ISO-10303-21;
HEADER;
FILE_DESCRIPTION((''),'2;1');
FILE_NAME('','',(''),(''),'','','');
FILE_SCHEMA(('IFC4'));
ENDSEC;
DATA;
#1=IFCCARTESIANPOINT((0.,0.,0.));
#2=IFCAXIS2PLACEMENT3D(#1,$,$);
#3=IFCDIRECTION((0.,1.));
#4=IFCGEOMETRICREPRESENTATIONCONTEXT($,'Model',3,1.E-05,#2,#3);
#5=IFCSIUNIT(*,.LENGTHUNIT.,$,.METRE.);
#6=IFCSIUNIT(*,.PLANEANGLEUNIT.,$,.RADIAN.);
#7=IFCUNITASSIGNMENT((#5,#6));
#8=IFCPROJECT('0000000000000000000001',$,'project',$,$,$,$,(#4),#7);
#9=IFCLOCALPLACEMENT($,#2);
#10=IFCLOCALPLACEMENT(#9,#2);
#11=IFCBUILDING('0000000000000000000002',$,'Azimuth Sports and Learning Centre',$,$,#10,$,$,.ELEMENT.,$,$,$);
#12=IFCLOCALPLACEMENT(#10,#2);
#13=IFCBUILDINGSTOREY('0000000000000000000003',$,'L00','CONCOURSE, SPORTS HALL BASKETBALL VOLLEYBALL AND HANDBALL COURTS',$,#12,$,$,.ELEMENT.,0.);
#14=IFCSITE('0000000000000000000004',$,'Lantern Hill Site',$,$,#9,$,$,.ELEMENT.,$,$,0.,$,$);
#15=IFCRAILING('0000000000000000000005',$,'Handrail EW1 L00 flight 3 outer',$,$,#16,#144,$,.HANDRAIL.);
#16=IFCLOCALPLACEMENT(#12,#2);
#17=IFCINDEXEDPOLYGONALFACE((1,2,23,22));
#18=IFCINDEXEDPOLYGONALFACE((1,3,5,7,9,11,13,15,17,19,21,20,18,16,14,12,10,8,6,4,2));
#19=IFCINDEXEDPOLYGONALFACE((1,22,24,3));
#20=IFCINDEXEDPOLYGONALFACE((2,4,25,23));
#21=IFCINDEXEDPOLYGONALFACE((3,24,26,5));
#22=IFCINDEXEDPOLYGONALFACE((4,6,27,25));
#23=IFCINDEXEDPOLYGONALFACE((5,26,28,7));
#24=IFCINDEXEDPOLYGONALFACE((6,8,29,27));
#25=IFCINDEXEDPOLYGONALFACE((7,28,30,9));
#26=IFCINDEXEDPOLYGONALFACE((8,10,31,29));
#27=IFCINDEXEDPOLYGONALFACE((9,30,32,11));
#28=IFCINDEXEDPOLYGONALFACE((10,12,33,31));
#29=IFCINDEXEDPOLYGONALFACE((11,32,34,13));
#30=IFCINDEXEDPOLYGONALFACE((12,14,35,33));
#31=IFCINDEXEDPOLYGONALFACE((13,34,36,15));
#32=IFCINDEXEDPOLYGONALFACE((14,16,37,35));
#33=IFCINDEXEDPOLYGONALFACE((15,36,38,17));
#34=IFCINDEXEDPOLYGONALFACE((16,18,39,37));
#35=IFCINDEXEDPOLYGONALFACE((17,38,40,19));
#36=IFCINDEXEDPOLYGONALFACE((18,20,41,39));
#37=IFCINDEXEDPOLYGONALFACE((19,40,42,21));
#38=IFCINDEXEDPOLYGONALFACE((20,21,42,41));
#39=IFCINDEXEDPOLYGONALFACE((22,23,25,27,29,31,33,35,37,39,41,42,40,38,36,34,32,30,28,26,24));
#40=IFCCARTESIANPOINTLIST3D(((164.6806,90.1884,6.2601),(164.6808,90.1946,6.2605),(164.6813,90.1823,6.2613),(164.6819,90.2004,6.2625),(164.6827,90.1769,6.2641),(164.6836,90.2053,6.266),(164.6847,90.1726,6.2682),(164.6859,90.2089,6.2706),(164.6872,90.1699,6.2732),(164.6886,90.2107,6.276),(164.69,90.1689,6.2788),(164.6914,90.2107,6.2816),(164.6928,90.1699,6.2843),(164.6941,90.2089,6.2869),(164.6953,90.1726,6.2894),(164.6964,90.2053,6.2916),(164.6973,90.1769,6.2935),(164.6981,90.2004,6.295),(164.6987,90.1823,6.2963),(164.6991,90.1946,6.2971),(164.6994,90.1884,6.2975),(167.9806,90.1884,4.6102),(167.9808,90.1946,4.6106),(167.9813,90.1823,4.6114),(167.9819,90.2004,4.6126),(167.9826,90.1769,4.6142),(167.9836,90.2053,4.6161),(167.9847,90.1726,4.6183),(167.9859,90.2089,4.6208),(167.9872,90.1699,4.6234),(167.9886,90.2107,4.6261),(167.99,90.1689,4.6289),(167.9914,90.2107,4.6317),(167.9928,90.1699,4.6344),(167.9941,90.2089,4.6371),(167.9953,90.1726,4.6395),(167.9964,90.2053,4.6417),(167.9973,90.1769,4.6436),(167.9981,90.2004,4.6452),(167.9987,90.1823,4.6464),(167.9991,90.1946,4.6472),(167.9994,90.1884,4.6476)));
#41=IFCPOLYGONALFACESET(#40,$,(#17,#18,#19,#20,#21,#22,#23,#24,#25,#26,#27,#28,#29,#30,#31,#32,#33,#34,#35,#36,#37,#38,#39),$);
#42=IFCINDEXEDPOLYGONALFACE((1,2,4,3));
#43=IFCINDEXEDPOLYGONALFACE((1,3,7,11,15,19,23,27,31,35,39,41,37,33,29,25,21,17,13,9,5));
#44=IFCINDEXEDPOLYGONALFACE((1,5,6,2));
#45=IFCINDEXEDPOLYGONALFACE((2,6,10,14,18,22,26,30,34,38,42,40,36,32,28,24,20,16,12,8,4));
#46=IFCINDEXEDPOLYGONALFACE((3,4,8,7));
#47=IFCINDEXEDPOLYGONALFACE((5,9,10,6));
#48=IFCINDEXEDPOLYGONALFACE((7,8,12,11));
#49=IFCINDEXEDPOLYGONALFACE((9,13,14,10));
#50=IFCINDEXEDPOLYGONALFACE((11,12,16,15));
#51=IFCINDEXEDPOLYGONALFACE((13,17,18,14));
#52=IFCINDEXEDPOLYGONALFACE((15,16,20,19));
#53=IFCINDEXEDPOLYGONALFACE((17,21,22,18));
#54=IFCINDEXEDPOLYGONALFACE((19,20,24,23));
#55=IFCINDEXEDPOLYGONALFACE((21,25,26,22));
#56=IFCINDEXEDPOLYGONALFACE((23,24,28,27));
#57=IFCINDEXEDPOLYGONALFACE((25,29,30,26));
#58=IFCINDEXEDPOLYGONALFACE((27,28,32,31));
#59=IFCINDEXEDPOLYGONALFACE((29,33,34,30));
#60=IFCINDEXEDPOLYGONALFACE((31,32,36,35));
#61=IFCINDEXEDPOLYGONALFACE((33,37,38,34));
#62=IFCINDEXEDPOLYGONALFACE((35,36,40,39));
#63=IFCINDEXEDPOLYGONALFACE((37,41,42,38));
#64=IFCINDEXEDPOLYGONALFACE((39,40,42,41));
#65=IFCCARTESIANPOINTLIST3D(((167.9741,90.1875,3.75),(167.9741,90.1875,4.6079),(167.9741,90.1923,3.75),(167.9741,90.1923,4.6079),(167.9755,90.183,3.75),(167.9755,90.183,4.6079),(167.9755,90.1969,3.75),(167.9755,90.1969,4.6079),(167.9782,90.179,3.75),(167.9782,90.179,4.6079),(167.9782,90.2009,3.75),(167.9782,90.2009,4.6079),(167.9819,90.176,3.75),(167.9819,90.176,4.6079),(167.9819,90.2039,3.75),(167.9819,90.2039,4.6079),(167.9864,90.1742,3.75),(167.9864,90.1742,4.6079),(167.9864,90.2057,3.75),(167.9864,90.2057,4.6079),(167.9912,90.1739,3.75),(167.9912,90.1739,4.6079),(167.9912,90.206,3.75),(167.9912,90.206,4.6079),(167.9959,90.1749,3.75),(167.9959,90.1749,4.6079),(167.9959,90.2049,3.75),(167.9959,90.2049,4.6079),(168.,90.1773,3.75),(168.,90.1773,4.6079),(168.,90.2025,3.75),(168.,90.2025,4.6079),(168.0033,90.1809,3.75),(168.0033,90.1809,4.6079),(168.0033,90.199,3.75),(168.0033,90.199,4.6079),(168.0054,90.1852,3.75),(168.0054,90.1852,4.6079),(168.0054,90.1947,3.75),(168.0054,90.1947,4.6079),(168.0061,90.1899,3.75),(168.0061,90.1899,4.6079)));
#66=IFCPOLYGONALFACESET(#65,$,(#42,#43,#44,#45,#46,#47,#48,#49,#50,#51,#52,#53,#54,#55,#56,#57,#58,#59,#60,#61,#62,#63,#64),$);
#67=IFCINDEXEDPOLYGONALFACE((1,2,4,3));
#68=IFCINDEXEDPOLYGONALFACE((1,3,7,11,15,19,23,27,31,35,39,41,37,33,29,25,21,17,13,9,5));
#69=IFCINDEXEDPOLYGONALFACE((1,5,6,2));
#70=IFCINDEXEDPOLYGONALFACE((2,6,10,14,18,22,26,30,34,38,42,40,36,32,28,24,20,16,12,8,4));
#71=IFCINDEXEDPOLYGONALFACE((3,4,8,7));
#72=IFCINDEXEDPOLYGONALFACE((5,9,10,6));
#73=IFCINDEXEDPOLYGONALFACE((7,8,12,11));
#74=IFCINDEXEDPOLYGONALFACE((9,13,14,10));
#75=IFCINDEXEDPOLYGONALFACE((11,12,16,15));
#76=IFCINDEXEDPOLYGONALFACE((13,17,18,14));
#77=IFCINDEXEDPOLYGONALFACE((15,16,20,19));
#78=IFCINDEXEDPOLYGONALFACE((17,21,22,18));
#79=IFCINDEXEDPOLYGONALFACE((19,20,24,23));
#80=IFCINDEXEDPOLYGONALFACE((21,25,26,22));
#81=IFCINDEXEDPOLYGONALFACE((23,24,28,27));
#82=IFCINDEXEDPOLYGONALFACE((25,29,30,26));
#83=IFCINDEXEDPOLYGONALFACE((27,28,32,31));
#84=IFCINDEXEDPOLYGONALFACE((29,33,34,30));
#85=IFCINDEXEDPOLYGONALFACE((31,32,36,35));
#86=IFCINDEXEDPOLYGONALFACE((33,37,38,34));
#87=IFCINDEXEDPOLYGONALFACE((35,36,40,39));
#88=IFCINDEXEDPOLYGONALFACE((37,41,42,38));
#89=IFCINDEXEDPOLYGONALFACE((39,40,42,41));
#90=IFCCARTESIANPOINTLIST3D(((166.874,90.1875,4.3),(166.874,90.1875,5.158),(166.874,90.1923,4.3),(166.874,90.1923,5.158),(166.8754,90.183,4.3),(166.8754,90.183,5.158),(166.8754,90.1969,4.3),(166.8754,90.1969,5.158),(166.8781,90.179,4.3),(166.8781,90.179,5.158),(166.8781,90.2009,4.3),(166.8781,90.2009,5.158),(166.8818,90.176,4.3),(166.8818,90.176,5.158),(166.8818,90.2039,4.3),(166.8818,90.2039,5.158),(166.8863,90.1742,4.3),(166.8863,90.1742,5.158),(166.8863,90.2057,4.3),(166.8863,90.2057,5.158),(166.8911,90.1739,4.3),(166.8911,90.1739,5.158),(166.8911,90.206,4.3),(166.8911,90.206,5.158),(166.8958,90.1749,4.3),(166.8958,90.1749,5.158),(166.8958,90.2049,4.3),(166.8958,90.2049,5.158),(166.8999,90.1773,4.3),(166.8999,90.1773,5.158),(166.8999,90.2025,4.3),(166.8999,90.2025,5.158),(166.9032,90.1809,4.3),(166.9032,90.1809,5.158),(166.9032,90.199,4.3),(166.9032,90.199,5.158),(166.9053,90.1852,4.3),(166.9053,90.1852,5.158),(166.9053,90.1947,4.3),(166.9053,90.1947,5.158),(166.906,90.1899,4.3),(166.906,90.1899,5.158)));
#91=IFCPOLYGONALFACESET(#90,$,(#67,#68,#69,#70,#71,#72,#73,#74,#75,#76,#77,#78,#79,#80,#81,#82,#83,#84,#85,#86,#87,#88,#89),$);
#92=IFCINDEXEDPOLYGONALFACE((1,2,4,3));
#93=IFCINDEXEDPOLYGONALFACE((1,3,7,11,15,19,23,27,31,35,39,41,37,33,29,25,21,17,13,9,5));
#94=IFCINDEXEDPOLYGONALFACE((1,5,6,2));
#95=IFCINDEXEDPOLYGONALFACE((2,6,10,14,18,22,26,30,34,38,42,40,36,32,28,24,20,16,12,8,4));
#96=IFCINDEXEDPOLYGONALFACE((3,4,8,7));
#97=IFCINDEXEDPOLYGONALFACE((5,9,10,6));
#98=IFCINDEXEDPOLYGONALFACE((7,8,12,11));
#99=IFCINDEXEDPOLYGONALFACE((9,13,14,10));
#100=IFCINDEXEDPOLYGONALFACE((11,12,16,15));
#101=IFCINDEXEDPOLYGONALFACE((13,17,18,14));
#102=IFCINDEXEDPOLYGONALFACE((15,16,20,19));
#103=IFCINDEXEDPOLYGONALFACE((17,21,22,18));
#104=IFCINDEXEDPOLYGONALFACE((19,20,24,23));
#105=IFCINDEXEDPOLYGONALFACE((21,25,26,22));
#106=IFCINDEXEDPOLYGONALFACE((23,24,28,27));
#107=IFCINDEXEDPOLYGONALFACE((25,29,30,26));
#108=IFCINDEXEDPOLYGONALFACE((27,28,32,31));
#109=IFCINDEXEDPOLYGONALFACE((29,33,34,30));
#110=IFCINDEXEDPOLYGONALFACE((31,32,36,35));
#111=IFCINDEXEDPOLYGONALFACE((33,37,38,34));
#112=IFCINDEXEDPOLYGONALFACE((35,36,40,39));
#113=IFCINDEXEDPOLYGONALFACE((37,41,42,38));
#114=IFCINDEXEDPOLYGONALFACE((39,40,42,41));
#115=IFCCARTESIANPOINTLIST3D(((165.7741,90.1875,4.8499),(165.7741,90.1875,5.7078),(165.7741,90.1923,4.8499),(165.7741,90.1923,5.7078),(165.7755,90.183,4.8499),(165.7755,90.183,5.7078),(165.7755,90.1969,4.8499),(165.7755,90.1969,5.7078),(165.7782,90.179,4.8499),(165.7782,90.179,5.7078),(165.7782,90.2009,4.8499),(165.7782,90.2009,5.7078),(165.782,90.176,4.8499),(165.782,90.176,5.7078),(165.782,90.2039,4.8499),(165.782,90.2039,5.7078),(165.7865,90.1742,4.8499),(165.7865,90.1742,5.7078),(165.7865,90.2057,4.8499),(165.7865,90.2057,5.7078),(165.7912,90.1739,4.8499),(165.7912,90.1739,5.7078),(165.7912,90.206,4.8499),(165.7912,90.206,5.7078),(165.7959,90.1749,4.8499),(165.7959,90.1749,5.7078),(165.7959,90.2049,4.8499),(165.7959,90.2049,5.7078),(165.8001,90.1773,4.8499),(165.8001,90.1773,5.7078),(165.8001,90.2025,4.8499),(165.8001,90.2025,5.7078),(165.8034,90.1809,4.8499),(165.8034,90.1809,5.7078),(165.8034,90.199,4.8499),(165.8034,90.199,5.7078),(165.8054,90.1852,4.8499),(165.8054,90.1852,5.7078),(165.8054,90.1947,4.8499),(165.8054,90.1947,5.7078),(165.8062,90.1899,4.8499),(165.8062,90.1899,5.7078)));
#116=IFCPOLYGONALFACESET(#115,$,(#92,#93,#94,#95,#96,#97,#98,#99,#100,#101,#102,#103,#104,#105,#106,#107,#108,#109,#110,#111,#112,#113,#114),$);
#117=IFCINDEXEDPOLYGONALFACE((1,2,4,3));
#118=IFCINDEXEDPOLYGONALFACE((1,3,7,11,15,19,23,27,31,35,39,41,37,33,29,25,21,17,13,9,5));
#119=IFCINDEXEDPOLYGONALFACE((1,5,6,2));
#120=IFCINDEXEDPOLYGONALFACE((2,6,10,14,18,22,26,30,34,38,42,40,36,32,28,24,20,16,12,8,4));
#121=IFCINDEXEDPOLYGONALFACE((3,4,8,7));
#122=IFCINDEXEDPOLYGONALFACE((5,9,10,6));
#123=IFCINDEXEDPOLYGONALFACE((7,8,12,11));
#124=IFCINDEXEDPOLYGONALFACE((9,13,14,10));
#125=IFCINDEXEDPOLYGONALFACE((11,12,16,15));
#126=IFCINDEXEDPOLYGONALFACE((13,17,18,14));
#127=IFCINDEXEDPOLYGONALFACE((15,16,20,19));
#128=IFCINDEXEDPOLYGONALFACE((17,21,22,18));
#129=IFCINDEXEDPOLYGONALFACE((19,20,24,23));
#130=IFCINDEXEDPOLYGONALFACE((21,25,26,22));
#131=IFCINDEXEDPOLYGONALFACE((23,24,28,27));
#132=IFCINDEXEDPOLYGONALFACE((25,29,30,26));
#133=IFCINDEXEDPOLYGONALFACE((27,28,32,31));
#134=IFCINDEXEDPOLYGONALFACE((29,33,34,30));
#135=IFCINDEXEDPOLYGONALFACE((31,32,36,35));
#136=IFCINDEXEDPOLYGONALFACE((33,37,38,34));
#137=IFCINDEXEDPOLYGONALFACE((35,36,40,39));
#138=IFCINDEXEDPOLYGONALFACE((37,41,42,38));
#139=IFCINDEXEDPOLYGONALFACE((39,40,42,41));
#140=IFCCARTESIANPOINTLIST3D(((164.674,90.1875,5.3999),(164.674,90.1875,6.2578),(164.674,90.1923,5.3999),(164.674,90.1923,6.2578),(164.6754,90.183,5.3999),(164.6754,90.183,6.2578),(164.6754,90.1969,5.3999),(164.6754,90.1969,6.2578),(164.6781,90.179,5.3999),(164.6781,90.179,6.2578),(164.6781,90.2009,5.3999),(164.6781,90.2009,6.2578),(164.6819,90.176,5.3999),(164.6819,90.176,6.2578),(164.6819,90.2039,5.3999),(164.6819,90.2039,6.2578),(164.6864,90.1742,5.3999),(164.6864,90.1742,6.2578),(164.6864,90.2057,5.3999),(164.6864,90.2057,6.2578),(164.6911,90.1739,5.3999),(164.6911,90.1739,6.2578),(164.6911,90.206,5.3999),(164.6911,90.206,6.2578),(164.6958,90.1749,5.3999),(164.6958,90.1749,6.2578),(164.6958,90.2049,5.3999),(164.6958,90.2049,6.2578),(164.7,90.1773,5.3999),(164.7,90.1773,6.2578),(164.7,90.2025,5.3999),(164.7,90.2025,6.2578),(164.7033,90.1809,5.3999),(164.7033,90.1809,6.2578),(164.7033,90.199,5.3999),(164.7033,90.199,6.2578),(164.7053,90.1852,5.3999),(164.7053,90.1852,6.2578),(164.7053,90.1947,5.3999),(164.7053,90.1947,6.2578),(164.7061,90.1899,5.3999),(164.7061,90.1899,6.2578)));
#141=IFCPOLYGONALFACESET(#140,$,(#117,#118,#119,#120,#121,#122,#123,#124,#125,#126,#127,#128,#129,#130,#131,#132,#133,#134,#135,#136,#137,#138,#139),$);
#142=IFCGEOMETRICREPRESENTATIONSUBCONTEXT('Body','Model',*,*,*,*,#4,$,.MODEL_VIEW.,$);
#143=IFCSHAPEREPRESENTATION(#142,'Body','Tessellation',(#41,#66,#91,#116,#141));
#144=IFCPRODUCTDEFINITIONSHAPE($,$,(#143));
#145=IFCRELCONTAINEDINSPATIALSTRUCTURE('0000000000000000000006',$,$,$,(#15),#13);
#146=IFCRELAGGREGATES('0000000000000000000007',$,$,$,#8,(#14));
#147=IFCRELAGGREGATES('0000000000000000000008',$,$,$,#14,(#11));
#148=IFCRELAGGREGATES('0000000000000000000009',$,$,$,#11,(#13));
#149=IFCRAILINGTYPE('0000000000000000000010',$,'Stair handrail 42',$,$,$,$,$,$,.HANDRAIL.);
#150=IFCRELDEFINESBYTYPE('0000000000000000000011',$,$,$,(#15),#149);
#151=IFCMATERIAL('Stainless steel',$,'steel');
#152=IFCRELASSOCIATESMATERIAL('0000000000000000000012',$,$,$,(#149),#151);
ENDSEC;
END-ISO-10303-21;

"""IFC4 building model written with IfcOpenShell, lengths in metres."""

from ifc_helpers import new_model, si_unit, direction, frame, origin, origin_2d, place, context, subcontext, project, spatial, circle, extrude, material, type_object, element, save


model = new_model("IFC4")

# Units and contexts
model_context = context("Model", 3, precision=1e-05, world=origin(), true_north=direction((0.0, 1.0)))
body_context = subcontext(model_context, "Body", "Model", "MODEL_VIEW")
ifc_project = project(units=[si_unit("LENGTHUNIT", "METRE"), si_unit("PLANEANGLEUNIT", "RADIAN")], contexts=[model_context])

# Site, building, storey
site_placement = place(None, origin())
site = spatial("IfcSite", under=ifc_project, at=site_placement, Name="Lantern Hill Site", CompositionType="ELEMENT", RefElevation=0.0)
building_placement = place(site_placement, origin())
building = spatial("IfcBuilding", under=site, at=building_placement, Name="Azimuth Sports and Learning Centre", CompositionType="ELEMENT")
storey_placement = place(building_placement, origin())
storey = spatial("IfcBuildingStorey", under=building, at=storey_placement, Name="L00", Description="CONCOURSE, SPORTS HALL BASKETBALL VOLLEYBALL AND HANDBALL COURTS", CompositionType="ELEMENT", Elevation=0.0)

# Railing
ifc_material_1 = material(Name="Stainless steel", Category="steel")
railing_type_1 = type_object("IfcRailingType", Name="Stair handrail 42", PredefinedType="HANDRAIL", material=ifc_material_1)
for number, where, name in (
    (1, (167.99, 90.1899, 3.75), "Handrail EW1 L00 flight 3 outer"),
):
    element("IfcRailing", number, at=place(storey_placement, frame(where)), inside=storey, type_object=railing_type_1, Name=name, PredefinedType="HANDRAIL", context=body_context, shape_type="SweptSolid", body=[
        extrude(circle(Radius=0.021, at=origin_2d()), frame((0.0, 0.0, 0.8789), z_axis=(-0.89444, 0.0, 0.447187), x_axis=(0.0, -1.0, 0.0)), (0.0, 0.0, 1.0), 3.6895),
        extrude(circle(Radius=0.0161, at=origin_2d()), origin(), (0.0, 0.0, 1.0), 0.8579),
        extrude(circle(Radius=0.0161, at=origin_2d()), frame((-1.1001, 0.0, 0.55)), (0.0, 0.0, 1.0), 0.8579),
        extrude(circle(Radius=0.0161, at=origin_2d()), frame((-2.2, 0.0, 1.0999)), (0.0, 0.0, 1.0), 0.8579),
        extrude(circle(Radius=0.0161, at=origin_2d()), frame((-3.3, 0.0, 1.6499)), (0.0, 0.0, 1.0), 0.8579),
    ])

save(model, "model.ifc")
